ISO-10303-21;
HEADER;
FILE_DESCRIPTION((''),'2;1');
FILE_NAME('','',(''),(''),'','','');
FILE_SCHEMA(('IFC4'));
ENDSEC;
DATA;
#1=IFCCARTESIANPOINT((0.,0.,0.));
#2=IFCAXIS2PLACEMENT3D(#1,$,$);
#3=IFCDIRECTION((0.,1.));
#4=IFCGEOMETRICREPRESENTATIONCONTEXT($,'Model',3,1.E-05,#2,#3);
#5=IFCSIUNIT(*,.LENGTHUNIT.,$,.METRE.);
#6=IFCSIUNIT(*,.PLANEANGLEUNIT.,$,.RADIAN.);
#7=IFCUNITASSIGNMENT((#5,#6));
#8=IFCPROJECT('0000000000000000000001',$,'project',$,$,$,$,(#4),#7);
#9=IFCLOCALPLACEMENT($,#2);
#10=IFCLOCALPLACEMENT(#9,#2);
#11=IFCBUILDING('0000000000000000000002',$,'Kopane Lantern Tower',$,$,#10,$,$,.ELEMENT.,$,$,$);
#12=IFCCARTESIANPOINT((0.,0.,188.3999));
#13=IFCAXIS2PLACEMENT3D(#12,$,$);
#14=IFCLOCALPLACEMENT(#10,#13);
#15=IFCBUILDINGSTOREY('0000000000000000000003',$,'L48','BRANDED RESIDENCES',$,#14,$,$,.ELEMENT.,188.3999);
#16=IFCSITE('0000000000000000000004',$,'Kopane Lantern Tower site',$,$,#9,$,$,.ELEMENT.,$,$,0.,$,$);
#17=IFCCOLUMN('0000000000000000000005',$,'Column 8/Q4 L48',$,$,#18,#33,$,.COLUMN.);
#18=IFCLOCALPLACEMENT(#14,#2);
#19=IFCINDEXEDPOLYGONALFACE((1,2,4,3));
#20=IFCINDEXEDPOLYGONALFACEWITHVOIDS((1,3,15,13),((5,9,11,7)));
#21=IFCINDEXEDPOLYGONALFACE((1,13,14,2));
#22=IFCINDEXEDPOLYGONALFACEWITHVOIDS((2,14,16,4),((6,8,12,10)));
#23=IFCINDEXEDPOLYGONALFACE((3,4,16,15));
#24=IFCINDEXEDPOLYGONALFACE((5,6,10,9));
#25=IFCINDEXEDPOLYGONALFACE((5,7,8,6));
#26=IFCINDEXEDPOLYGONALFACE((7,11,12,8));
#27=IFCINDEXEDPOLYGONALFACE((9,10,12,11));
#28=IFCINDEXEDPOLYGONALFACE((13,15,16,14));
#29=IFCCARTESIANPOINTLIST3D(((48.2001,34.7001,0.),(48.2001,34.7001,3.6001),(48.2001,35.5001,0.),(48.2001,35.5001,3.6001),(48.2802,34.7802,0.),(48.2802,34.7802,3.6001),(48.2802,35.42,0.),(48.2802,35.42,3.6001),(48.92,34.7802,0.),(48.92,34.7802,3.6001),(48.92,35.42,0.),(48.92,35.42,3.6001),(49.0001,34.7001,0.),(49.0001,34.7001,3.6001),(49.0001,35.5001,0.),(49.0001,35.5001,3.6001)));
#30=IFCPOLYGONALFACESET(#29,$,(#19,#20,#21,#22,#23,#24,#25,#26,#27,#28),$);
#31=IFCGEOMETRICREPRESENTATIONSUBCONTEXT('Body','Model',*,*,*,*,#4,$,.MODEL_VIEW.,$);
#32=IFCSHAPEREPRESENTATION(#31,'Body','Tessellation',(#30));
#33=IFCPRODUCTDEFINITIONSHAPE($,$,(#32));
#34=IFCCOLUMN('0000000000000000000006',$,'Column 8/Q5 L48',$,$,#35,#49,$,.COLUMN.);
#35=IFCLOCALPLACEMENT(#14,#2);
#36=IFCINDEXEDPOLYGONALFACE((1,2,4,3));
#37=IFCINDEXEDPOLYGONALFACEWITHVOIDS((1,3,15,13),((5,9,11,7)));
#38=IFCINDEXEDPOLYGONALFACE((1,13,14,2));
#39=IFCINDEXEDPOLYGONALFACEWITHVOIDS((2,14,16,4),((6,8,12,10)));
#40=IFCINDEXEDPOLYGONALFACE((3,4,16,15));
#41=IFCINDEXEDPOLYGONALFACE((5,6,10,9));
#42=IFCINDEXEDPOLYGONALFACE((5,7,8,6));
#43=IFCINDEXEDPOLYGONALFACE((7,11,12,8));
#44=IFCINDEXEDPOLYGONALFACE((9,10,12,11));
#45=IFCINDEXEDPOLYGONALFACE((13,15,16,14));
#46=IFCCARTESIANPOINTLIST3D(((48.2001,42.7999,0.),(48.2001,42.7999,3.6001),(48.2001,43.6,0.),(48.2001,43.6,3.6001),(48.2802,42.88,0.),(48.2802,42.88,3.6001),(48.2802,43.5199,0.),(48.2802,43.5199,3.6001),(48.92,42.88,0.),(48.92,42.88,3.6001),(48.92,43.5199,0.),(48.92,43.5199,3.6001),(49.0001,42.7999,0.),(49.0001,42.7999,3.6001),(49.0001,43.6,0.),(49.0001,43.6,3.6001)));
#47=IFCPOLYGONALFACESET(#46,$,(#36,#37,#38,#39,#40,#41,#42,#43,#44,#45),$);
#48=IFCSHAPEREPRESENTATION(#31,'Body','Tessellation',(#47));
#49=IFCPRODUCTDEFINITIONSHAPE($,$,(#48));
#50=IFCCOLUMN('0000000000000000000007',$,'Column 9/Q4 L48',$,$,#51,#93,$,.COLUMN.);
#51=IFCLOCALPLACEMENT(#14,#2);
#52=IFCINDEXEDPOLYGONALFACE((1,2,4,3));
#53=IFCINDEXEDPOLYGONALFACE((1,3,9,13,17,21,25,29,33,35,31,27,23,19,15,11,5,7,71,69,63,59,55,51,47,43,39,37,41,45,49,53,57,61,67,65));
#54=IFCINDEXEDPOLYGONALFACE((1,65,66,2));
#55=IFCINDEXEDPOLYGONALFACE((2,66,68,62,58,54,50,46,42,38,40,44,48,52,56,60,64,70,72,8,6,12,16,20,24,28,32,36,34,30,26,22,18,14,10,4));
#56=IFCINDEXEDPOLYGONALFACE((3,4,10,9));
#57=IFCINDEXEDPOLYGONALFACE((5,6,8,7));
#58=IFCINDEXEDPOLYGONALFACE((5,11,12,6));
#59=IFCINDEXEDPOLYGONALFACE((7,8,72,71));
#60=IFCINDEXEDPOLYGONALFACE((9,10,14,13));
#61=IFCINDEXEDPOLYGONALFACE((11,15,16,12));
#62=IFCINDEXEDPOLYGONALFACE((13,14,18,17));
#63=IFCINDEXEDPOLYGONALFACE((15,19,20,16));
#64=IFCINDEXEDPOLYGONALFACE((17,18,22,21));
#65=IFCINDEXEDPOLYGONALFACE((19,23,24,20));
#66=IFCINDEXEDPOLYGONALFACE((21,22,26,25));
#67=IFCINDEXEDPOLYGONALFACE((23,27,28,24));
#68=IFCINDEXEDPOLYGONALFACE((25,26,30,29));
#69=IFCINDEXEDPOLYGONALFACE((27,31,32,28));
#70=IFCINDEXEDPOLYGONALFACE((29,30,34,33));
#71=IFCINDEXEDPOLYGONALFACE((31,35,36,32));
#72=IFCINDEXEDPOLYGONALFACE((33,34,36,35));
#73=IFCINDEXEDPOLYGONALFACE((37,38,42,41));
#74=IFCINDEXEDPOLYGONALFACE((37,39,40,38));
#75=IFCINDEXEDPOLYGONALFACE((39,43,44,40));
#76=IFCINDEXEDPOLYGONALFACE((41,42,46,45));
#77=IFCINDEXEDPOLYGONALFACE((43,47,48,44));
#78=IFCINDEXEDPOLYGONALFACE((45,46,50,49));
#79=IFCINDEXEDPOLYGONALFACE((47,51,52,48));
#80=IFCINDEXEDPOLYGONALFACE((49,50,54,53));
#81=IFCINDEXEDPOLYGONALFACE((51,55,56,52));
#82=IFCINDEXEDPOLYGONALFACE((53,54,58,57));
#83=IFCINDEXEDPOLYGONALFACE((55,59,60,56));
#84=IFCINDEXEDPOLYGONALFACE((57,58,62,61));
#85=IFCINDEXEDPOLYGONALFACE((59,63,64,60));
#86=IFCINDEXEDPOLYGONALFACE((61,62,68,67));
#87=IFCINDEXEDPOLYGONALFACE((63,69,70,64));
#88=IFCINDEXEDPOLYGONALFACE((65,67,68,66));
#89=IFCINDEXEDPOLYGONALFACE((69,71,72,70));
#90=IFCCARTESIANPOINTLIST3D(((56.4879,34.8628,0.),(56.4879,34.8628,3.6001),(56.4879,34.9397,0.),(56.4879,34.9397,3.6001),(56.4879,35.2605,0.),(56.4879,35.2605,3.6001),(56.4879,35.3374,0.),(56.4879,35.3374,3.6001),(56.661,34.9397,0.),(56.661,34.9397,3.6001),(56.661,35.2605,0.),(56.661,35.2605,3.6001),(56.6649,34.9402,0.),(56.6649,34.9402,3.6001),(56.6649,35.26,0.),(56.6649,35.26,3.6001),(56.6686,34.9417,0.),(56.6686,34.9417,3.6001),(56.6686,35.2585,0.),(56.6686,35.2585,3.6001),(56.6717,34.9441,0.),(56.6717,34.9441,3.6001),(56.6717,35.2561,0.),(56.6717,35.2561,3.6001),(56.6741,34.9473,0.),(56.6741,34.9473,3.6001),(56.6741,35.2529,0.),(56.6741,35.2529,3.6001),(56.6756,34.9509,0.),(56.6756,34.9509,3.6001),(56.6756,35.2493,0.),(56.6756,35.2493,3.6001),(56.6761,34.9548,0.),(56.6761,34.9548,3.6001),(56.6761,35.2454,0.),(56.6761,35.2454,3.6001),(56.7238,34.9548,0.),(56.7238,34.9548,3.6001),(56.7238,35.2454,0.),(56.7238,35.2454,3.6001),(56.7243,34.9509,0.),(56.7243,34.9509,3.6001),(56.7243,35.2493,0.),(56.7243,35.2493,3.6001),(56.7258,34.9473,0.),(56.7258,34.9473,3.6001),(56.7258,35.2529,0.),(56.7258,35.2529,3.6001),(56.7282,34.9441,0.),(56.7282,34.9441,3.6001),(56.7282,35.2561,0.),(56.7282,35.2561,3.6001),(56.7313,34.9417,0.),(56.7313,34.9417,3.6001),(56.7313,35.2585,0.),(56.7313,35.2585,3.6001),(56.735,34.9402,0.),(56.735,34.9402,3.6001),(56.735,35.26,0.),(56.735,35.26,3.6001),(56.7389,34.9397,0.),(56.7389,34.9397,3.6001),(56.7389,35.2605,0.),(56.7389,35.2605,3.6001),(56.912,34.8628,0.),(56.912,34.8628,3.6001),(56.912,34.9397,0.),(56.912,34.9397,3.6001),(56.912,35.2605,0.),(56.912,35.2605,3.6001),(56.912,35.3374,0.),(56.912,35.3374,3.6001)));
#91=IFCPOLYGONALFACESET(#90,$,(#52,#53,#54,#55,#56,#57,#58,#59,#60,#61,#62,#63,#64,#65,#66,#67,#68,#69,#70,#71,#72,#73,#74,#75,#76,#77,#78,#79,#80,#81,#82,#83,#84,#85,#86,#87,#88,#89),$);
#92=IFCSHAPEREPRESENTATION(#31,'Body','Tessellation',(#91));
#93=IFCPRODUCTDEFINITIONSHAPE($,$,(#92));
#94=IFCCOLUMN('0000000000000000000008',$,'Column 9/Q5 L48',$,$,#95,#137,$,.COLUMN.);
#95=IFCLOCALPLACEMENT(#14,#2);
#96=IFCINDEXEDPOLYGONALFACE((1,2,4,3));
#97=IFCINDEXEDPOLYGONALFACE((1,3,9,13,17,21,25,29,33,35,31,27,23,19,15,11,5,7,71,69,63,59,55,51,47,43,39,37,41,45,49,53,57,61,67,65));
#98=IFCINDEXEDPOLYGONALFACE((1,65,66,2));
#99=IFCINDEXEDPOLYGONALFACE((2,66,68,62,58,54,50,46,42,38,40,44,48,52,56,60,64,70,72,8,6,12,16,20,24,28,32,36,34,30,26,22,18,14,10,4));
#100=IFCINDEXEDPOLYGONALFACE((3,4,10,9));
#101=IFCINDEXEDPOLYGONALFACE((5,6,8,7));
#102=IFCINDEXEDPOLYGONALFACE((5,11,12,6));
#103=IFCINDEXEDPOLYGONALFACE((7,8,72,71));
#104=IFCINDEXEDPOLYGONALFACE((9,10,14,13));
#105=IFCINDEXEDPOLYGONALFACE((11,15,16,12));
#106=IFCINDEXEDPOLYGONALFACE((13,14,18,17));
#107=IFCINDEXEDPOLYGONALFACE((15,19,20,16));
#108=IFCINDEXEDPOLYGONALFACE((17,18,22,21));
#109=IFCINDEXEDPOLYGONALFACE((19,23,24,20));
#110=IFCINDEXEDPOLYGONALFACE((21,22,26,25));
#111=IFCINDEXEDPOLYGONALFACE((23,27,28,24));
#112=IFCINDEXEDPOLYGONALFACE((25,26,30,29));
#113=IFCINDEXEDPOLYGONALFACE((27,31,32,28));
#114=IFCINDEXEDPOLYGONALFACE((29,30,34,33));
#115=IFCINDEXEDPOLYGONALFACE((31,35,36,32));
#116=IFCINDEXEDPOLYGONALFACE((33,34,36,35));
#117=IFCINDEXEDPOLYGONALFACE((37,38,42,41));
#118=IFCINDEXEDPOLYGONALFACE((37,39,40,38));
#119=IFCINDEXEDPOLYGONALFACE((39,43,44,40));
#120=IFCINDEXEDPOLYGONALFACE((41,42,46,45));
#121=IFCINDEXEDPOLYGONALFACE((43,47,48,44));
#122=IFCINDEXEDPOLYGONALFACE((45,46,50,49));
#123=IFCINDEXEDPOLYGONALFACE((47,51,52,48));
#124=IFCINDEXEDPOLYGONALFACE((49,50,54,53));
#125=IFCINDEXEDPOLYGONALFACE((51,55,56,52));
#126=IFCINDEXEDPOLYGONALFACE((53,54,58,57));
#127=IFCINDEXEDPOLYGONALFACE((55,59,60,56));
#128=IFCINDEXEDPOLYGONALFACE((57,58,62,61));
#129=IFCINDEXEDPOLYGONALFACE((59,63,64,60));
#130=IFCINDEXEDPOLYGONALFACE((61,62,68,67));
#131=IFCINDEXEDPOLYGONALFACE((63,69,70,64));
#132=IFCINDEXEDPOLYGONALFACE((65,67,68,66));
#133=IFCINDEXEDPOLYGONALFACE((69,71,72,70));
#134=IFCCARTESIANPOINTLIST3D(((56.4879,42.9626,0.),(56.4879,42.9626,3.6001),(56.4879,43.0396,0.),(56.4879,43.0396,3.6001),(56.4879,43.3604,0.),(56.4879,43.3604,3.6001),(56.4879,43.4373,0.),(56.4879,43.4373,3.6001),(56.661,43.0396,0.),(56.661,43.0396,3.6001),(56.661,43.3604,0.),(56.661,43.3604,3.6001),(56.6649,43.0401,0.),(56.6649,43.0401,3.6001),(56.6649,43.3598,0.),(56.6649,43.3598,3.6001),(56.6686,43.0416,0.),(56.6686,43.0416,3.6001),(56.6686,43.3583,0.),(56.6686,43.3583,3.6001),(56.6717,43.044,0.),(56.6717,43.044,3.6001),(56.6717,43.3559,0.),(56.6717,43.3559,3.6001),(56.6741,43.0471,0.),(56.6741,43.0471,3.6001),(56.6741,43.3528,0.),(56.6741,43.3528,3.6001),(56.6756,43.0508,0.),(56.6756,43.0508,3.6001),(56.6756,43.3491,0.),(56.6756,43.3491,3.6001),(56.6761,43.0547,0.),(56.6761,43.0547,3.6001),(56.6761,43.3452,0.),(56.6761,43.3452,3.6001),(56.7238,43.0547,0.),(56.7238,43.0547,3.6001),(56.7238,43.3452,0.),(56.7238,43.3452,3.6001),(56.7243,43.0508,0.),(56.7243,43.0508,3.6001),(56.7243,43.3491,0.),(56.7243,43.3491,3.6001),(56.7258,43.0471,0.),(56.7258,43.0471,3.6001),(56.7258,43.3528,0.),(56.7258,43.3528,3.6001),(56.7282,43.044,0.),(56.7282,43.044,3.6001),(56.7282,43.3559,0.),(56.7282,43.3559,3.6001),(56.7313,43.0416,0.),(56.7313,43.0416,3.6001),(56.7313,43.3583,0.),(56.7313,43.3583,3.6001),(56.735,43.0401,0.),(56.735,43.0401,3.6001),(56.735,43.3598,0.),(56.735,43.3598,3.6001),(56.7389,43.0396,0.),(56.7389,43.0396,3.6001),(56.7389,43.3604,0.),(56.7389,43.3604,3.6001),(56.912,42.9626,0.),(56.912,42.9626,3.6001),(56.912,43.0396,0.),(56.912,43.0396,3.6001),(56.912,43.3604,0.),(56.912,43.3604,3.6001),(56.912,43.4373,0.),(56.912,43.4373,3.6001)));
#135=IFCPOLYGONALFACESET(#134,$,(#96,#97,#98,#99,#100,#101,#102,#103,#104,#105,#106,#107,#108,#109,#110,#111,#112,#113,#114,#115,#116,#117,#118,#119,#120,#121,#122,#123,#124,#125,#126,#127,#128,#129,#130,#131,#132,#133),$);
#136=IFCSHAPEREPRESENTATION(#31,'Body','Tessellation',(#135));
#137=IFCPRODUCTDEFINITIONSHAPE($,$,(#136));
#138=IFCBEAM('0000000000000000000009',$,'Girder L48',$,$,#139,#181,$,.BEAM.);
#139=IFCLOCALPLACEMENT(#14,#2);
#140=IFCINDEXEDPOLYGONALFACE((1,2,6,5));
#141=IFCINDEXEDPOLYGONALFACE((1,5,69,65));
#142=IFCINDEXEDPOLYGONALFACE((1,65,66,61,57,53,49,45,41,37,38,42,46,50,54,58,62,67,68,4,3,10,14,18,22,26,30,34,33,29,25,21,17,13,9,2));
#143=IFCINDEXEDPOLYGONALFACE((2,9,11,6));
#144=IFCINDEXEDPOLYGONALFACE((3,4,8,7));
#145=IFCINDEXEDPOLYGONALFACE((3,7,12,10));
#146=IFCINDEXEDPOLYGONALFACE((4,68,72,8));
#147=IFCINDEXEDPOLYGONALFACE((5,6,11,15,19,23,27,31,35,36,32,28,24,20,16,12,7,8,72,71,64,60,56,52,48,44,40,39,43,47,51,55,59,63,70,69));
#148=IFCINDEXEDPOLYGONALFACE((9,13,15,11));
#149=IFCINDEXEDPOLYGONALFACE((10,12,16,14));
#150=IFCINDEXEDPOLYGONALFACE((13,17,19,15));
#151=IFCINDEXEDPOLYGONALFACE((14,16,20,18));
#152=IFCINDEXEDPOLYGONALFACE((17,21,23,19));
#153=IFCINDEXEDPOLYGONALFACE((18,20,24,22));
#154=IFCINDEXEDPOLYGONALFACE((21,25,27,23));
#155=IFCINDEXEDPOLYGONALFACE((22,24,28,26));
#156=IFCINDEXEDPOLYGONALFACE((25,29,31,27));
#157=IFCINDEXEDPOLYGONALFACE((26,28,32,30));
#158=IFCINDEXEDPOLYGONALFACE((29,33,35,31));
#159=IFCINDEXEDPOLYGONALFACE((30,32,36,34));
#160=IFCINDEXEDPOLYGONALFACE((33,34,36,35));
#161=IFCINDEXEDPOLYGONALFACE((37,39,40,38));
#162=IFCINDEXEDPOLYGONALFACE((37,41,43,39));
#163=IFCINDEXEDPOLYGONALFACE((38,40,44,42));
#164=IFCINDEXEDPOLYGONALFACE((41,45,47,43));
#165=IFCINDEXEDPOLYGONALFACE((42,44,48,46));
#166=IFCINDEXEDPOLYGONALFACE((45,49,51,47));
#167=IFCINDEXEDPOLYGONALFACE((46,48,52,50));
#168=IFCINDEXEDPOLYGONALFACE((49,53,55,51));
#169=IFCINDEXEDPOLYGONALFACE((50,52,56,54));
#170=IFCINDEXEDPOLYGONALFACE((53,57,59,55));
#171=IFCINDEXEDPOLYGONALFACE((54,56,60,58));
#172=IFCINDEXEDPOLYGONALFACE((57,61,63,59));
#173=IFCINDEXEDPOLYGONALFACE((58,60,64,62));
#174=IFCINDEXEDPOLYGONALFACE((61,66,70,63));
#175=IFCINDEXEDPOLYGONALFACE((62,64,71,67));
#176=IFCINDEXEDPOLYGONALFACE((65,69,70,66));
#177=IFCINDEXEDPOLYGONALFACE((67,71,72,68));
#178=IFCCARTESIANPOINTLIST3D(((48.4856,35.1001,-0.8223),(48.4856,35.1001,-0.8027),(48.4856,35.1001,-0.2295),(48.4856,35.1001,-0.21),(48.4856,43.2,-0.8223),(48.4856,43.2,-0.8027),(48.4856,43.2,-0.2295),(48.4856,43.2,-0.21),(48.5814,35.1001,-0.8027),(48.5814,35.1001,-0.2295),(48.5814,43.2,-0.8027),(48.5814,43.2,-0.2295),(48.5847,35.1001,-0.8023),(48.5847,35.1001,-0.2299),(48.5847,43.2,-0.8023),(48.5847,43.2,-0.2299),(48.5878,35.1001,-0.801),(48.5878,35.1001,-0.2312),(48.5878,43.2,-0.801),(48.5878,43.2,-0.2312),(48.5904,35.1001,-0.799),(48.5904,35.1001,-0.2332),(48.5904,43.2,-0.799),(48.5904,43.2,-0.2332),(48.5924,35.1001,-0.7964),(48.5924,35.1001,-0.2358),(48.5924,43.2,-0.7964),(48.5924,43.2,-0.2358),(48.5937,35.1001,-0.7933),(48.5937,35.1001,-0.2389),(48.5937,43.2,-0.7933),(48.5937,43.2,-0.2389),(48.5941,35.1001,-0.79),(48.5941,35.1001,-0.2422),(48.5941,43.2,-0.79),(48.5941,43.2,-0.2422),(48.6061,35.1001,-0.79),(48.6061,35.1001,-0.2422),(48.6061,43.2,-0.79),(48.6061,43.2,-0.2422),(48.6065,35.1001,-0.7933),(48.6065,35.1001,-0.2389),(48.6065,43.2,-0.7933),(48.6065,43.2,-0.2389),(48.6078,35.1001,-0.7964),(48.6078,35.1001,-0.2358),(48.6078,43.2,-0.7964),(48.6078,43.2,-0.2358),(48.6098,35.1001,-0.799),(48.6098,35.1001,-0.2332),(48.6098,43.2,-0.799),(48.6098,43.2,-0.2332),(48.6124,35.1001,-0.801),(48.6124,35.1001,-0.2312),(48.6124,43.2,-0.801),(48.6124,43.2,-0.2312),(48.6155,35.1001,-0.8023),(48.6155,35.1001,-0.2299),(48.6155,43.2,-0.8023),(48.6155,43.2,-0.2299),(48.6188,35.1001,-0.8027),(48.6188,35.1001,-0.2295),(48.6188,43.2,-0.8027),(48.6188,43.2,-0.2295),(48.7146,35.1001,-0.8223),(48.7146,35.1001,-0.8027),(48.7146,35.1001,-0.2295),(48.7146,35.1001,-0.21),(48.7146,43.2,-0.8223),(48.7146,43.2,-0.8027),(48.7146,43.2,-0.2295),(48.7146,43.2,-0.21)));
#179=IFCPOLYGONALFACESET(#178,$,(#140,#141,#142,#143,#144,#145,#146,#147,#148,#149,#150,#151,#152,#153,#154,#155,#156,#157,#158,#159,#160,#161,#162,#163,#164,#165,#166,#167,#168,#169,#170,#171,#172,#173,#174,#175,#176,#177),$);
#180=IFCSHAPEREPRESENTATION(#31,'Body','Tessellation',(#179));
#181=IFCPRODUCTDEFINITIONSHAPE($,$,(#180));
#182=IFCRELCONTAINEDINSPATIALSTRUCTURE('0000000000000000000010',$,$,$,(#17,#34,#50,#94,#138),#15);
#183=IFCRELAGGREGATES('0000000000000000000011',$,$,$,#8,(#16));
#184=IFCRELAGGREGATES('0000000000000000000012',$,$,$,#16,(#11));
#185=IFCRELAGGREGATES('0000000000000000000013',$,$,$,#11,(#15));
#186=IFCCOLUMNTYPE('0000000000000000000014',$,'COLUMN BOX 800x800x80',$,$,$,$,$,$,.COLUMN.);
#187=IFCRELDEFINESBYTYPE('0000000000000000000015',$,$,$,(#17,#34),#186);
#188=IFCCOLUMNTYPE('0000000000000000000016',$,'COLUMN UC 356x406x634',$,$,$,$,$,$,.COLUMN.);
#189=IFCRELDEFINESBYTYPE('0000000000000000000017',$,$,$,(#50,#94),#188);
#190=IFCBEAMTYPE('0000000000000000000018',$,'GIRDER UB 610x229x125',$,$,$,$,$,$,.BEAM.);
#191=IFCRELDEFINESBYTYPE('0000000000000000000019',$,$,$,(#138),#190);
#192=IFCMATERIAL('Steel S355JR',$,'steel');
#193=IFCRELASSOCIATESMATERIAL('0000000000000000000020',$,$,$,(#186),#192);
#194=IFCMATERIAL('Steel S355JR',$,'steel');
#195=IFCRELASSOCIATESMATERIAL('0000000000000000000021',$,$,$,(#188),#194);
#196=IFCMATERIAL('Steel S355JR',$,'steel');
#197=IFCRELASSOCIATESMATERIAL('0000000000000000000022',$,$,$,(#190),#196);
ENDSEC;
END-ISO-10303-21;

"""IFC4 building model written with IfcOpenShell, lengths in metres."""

from ifc_helpers import new_model, si_unit, direction, frame, origin, origin_2d, place, context, subcontext, project, spatial, hollow_rectangle, i_section, extrude, material, material_profile, profile_set, type_object, element, save


model = new_model("IFC4")

# Units and contexts
model_context = context("Model", 3, precision=1e-05, world=origin(), true_north=direction((0.0, 1.0)))
body_context = subcontext(model_context, "Body", "Model", "MODEL_VIEW")
ifc_project = project(units=[si_unit("LENGTHUNIT", "METRE"), si_unit("PLANEANGLEUNIT", "RADIAN")], contexts=[model_context])

# Site, building, storey
site_placement = place(None, origin())
site = spatial("IfcSite", under=ifc_project, at=site_placement, Name="Kopane Lantern Tower site", CompositionType="ELEMENT", RefElevation=0.0)
building_placement = place(site_placement, origin())
building = spatial("IfcBuilding", under=site, at=building_placement, Name="Kopane Lantern Tower", CompositionType="ELEMENT")
storey_placement = place(building_placement, frame((0.0, 0.0, 188.3999)))
storey = spatial("IfcBuildingStorey", under=building, at=storey_placement, Name="L48", Description="BRANDED RESIDENCES", CompositionType="ELEMENT", Elevation=188.3999)

# Columns
ifc_material_1 = material(Name="Steel S355JR", Category="steel")
ifc_material_profile_1 = material_profile(ifc_material_1, hollow_rectangle(XDim=0.8, YDim=0.8, WallThickness=0.0801, at=origin_2d()), Name="BOX 800x800x80")
ifc_profile_set_1 = profile_set([ifc_material_profile_1], Name="Steel S355JR")
column_type_1 = type_object("IfcColumnType", Name="COLUMN BOX 800x800x80", PredefinedType="COLUMN", material=ifc_profile_set_1)
for number, where, z_axis, x_axis, name in (
    (1, (48.6001, 35.1001, 0.0), (0.0, 0.0, 1.0), (1.0, 0.0, 0.0), "Column 8/Q4 L48"),
    (2, (48.6001, 43.2, 0.0), (0.0, 0.0, 1.0), (1.0, 0.0, 0.0), "Column 8/Q5 L48"),
):
    element("IfcColumn", number, at=place(storey_placement, frame(where, z_axis=z_axis, x_axis=x_axis)), inside=storey, type_object=column_type_1, Name=name, PredefinedType="COLUMN", context=body_context, shape_type="SweptSolid", body=[
        extrude(hollow_rectangle(XDim=0.8, YDim=0.8, WallThickness=0.0801, at=origin_2d()), origin(), (0.0, 0.0, 1.0), 3.6001),
    ])
ifc_material_2 = material(Name="Steel S355JR", Category="steel")
ifc_material_profile_2 = material_profile(ifc_material_2, i_section(OverallWidth=0.4241, OverallDepth=0.4746, WebThickness=0.0476, FlangeThickness=0.0769, FilletRadius=0.0151, at=origin_2d()), Name="UC 356x406x634")
ifc_profile_set_2 = profile_set([ifc_material_profile_2], Name="Steel S355JR")
column_type_2 = type_object("IfcColumnType", Name="COLUMN UC 356x406x634", PredefinedType="COLUMN", material=ifc_profile_set_2)
for number, where, z_axis, x_axis, name in (
    (3, (56.7, 35.1001, 0.0), (0.0, 0.0, 1.0), (1.0, 0.0, 0.0), "Column 9/Q4 L48"),
    (4, (56.7, 43.2, 0.0), (0.0, 0.0, 1.0), (1.0, 0.0, 0.0), "Column 9/Q5 L48"),
):
    element("IfcColumn", number, at=place(storey_placement, frame(where, z_axis=z_axis, x_axis=x_axis)), inside=storey, type_object=column_type_2, Name=name, PredefinedType="COLUMN", context=body_context, shape_type="SweptSolid", body=[
        extrude(i_section(OverallWidth=0.4241, OverallDepth=0.4746, WebThickness=0.0476, FlangeThickness=0.0769, FilletRadius=0.0151, at=origin_2d()), origin(), (0.0, 0.0, 1.0), 3.6001),
    ])

# Beam
ifc_material_3 = material(Name="Steel S355JR", Category="steel")
ifc_material_profile_3 = material_profile(ifc_material_3, i_section(OverallWidth=0.229, OverallDepth=0.6123, WebThickness=0.012, FlangeThickness=0.0195, FilletRadius=0.0127, at=origin_2d()), Name="UB 610x229x125")
ifc_profile_set_3 = profile_set([ifc_material_profile_3], Name="Steel S355JR")
beam_type = type_object("IfcBeamType", Name="GIRDER UB 610x229x125", PredefinedType="BEAM", material=ifc_profile_set_3)
for number, where, z_axis, x_axis, name in (
    (5, (48.6001, 35.1001, -0.5161), (0.0, 1.0, 0.0), (-1.0, 0.0, 0.0), "Girder L48"),
):
    element("IfcBeam", number, at=place(storey_placement, frame(where, z_axis=z_axis, x_axis=x_axis)), inside=storey, type_object=beam_type, Name=name, PredefinedType="BEAM", context=body_context, shape_type="SweptSolid", body=[
        extrude(i_section(OverallWidth=0.229, OverallDepth=0.6123, WebThickness=0.012, FlangeThickness=0.0195, FilletRadius=0.0127, at=origin_2d()), origin(), (0.0, 0.0, 1.0), 8.0999),
    ])

save(model, "model.ifc")
